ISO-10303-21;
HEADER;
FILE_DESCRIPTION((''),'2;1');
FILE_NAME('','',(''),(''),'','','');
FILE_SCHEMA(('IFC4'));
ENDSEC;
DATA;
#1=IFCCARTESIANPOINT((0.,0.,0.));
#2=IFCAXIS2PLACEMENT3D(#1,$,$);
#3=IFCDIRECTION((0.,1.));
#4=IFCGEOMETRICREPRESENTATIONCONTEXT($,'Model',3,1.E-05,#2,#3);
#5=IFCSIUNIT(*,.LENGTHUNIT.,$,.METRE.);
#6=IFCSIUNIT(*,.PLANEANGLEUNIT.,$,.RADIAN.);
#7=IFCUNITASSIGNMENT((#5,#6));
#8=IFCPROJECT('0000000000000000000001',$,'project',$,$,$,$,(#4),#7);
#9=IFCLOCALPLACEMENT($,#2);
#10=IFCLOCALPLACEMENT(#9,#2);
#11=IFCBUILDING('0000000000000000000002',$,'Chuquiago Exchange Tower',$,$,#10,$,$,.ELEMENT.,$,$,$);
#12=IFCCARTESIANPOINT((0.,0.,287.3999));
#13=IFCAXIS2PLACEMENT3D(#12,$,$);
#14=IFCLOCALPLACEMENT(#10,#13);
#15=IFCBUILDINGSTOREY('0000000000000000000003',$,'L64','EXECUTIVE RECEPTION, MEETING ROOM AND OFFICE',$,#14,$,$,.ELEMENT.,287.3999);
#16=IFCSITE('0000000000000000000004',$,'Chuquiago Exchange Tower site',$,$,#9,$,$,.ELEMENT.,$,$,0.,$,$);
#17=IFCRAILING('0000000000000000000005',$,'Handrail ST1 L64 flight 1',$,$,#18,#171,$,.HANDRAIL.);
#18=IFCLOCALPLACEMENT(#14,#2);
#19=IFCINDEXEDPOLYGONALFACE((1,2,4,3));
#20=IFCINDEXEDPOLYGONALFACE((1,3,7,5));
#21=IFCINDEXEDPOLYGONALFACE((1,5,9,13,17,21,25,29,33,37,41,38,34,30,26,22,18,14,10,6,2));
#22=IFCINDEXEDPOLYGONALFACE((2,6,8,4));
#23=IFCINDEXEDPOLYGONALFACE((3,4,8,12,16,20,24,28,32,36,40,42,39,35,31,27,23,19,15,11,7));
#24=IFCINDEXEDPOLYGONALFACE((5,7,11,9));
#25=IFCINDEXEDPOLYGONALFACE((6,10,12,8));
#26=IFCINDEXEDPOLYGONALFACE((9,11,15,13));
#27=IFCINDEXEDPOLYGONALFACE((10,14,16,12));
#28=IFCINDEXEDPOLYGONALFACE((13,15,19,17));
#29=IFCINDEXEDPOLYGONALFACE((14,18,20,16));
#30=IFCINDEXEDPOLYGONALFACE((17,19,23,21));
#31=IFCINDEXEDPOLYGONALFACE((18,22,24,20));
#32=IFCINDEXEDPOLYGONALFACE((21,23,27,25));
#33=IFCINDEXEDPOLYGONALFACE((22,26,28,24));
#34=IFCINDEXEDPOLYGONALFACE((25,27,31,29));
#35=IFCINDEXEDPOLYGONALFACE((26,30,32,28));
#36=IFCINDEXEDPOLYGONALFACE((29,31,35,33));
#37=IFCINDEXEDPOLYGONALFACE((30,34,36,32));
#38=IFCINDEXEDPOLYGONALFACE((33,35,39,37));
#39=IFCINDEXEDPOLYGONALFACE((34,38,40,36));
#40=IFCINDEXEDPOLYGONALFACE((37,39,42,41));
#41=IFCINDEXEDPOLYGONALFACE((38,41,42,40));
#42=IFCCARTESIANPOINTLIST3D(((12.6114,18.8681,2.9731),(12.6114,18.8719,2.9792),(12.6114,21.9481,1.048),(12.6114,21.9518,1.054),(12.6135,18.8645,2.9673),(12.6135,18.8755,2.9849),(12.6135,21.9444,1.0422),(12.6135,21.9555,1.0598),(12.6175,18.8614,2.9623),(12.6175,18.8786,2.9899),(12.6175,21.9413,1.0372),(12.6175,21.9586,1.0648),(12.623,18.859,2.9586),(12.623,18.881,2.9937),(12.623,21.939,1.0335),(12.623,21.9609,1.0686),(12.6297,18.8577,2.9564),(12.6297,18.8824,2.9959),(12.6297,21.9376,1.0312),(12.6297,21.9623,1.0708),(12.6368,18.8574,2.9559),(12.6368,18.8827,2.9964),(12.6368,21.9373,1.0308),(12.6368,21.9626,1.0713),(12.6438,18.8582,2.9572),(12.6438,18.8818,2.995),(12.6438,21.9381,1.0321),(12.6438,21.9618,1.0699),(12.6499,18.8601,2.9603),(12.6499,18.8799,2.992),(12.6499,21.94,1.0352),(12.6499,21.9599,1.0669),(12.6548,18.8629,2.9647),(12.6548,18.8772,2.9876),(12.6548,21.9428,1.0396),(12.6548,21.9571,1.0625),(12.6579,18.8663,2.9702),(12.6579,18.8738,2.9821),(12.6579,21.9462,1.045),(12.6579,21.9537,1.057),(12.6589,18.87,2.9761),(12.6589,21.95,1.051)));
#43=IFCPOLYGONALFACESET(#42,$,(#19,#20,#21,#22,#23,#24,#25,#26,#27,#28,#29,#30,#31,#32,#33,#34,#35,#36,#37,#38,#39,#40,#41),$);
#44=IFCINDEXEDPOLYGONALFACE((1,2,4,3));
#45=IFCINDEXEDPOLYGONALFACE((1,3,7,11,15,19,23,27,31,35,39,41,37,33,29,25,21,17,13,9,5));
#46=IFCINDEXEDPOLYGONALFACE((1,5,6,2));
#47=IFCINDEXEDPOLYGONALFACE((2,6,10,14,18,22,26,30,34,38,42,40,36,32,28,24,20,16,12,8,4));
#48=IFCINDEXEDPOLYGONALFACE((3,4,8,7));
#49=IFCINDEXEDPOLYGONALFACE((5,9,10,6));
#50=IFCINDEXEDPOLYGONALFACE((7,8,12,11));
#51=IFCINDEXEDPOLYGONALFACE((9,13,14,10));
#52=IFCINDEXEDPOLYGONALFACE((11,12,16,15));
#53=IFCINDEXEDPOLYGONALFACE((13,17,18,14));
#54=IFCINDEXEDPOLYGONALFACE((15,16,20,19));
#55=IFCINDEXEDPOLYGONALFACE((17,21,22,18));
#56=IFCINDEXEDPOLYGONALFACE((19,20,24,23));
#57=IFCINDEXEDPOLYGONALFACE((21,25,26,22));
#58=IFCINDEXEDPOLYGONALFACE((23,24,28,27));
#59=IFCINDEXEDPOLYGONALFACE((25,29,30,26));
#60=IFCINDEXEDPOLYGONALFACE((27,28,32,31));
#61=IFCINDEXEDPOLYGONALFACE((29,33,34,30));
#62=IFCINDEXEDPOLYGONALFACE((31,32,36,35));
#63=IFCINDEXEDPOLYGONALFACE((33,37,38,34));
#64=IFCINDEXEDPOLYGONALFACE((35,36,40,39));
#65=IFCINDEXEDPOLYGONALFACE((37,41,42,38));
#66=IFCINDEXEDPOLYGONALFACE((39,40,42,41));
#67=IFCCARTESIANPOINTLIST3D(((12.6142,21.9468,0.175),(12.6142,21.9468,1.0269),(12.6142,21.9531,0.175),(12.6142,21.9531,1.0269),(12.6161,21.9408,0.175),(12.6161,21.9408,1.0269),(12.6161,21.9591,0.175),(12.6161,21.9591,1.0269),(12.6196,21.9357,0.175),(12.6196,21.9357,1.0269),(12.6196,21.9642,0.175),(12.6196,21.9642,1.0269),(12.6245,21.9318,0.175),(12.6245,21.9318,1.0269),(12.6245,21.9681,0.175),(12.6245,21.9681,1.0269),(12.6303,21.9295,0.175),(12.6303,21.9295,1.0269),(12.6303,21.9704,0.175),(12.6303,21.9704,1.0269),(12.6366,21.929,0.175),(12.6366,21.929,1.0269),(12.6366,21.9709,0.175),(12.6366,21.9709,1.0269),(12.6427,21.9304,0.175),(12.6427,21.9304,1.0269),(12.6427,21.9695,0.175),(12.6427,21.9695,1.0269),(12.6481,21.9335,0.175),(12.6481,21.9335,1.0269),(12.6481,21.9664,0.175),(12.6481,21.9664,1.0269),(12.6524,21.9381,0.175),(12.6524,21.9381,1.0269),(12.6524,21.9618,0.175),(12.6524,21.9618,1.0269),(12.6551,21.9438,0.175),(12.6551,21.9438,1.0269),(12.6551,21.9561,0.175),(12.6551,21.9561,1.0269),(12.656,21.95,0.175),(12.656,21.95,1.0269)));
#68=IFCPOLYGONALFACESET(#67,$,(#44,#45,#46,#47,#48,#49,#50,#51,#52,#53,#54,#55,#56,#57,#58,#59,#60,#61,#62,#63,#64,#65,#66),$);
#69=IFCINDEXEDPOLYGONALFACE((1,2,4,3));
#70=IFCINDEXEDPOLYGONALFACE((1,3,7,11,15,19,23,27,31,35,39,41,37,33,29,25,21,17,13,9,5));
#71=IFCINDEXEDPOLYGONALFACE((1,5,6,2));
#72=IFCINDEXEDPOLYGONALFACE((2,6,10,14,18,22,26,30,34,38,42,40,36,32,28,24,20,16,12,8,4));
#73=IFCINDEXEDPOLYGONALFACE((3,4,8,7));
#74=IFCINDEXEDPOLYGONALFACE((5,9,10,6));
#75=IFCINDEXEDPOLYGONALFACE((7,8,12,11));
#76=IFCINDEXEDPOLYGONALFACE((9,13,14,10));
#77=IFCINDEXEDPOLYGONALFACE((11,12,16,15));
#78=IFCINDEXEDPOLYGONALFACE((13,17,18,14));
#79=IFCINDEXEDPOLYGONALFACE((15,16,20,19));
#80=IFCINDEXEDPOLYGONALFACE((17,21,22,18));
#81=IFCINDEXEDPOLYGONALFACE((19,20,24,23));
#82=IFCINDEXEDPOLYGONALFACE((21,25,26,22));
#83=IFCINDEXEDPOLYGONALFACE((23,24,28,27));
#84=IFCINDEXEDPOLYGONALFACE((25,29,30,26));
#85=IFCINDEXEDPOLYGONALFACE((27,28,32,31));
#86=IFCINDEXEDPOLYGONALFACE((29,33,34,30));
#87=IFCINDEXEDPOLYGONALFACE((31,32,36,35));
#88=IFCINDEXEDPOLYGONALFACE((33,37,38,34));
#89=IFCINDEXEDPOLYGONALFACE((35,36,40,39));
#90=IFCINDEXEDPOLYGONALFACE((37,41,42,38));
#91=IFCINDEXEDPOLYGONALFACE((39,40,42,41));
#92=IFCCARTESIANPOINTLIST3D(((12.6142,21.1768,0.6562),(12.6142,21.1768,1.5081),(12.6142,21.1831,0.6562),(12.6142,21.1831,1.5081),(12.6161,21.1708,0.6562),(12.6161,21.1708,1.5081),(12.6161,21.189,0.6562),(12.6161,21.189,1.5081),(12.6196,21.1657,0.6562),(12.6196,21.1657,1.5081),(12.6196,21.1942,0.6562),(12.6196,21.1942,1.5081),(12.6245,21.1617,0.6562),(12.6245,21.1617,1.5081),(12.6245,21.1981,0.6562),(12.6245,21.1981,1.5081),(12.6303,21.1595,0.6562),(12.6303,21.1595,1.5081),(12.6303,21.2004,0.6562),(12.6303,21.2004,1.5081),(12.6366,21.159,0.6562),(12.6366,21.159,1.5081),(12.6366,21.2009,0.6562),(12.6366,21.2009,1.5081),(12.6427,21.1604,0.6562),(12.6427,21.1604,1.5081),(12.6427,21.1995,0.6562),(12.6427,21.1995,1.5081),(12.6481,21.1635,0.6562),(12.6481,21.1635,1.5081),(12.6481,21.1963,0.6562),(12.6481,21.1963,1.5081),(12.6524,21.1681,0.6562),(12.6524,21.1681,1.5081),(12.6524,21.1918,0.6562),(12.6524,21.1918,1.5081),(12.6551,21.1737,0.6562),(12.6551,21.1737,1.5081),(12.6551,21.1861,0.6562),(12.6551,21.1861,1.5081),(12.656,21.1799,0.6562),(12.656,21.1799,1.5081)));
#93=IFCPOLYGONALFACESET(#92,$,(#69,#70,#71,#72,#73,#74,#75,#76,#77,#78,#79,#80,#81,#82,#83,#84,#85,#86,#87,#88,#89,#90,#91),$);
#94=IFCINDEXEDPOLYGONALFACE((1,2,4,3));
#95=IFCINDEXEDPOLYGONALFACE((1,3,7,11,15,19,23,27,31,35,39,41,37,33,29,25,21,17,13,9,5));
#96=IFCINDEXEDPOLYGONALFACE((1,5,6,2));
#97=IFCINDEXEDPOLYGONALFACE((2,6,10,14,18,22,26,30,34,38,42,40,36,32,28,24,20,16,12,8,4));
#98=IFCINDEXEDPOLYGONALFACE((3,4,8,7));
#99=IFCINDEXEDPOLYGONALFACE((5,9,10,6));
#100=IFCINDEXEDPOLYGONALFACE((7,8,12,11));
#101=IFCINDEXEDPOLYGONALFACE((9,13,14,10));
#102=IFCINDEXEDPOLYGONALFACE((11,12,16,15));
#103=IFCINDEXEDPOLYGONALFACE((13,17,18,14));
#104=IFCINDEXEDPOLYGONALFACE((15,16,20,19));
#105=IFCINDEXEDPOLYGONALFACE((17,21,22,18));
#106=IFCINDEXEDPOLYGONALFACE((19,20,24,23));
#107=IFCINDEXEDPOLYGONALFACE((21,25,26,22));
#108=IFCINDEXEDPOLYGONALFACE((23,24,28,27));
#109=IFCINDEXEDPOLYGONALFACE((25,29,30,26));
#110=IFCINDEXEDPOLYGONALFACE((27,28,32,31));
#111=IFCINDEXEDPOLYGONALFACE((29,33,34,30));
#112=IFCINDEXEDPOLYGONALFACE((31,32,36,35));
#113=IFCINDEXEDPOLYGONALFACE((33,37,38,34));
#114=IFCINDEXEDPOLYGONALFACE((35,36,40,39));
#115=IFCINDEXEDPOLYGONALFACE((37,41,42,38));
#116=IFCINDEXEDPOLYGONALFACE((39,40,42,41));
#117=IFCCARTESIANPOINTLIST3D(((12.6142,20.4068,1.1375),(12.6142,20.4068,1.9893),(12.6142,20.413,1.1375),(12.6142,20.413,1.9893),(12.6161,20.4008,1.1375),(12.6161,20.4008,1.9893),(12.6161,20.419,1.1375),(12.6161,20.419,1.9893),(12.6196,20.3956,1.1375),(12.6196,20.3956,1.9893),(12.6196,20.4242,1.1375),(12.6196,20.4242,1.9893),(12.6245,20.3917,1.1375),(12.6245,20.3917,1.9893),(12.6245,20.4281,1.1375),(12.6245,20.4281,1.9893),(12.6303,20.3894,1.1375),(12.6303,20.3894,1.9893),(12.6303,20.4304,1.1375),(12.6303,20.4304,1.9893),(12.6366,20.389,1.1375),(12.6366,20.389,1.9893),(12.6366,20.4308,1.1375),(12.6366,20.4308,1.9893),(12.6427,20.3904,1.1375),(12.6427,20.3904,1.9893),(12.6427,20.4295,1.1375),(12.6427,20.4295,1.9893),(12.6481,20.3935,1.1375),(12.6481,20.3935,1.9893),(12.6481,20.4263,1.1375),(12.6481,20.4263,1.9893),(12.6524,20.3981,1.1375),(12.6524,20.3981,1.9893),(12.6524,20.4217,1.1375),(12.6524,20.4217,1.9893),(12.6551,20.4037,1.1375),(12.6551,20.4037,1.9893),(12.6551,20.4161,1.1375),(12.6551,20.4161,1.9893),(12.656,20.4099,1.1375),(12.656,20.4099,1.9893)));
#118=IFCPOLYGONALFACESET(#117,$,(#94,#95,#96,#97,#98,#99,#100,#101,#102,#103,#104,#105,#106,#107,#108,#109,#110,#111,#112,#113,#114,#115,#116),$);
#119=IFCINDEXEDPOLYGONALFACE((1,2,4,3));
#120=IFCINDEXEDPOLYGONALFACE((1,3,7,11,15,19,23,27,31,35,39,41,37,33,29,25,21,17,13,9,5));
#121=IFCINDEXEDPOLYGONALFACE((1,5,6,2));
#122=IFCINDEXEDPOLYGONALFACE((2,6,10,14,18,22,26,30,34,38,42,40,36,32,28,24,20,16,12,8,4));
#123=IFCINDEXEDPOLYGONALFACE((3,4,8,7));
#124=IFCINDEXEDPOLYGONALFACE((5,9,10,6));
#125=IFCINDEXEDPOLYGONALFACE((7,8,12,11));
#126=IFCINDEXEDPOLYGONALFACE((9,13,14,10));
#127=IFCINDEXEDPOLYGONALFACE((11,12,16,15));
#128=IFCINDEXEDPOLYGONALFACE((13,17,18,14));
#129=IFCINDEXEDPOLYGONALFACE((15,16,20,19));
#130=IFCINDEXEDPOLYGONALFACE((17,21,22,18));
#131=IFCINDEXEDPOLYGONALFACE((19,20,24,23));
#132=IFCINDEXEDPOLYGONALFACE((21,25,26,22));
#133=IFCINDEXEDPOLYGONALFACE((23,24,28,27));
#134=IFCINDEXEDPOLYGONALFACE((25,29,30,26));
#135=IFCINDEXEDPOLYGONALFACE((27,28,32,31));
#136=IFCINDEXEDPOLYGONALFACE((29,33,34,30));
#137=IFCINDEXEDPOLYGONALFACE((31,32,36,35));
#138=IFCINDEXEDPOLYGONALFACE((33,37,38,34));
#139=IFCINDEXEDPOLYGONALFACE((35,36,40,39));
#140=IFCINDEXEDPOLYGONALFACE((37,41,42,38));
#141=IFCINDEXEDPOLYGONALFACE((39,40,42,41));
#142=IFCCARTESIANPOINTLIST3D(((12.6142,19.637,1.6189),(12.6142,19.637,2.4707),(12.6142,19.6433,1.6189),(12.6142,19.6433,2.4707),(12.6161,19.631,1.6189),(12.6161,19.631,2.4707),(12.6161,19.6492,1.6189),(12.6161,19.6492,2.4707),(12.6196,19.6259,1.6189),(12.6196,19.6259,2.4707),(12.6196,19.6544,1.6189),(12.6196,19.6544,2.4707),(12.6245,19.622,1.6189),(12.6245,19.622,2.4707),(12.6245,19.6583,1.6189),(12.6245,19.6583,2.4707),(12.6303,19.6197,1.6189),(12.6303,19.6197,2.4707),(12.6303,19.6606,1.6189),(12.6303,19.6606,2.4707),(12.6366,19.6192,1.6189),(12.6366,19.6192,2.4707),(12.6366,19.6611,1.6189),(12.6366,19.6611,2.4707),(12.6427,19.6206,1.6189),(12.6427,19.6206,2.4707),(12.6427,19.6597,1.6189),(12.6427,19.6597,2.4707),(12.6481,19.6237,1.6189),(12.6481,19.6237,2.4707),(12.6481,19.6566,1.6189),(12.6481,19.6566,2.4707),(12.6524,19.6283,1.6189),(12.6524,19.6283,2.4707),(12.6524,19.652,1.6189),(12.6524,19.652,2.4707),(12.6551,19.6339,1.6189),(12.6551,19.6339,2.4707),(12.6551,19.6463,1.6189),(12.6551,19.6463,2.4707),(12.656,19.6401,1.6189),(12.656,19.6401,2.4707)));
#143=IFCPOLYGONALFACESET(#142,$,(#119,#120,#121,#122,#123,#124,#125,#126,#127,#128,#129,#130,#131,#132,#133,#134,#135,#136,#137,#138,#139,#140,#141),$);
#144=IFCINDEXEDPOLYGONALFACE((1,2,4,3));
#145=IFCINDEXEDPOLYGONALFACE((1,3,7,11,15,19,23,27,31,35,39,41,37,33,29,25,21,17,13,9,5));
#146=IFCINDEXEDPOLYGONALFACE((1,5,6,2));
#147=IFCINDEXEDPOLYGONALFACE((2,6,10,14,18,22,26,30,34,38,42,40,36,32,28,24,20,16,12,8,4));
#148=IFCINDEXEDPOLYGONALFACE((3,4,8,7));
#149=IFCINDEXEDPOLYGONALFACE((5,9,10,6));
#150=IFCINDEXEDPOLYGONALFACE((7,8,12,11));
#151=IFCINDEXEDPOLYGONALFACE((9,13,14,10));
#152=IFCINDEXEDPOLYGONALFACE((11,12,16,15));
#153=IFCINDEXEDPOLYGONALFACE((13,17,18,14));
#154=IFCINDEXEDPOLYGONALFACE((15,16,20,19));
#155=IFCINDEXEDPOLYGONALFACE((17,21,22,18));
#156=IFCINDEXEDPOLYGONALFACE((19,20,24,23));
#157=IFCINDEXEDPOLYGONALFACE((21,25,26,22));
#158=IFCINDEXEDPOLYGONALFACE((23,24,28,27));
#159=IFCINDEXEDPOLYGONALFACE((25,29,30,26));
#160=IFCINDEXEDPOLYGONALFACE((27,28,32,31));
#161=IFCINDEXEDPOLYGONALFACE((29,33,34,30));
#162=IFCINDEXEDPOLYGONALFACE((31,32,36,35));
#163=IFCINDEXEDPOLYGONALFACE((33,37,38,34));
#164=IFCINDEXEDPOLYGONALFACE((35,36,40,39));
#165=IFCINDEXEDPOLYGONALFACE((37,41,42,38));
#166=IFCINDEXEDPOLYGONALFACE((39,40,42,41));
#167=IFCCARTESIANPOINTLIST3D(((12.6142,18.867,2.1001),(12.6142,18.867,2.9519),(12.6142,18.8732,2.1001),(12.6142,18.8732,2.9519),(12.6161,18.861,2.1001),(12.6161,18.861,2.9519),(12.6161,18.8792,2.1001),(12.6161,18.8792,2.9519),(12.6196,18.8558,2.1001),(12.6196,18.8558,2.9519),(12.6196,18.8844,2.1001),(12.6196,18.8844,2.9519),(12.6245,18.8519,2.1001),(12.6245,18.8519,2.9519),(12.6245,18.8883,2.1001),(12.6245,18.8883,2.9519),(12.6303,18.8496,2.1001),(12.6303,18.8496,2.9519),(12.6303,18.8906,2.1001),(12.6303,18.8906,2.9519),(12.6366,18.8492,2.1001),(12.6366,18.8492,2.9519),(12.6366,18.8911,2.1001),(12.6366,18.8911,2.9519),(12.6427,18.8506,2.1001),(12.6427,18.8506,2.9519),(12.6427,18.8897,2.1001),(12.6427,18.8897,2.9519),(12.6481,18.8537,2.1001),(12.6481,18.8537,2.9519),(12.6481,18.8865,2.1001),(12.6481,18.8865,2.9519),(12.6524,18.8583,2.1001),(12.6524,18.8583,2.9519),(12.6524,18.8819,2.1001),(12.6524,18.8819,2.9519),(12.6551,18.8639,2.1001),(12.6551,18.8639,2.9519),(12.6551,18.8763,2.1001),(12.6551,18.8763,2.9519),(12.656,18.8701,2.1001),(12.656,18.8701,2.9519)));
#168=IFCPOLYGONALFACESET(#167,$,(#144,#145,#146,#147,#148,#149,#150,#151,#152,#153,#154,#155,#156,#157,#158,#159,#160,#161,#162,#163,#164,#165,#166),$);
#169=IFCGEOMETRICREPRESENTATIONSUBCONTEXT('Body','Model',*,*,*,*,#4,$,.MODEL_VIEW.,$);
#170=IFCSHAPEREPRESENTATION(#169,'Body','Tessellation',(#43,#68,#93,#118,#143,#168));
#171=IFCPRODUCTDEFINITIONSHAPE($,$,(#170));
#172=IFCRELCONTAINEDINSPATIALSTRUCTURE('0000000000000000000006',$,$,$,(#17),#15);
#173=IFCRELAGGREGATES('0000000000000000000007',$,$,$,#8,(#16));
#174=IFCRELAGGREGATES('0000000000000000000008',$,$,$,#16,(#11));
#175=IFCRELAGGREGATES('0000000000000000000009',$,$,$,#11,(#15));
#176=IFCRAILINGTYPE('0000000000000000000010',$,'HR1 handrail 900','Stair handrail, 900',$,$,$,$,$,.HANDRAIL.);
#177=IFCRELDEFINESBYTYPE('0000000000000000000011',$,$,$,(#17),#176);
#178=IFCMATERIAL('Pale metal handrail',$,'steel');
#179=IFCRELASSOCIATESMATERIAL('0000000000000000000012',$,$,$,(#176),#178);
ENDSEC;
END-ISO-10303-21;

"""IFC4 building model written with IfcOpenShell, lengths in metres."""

from ifc_helpers import new_model, si_unit, direction, frame, origin, origin_2d, place, context, subcontext, project, spatial, circle, extrude, material, type_object, element, save


model = new_model("IFC4")

# Units and contexts
model_context = context("Model", 3, precision=1e-05, world=origin(), true_north=direction((0.0, 1.0)))
body_context = subcontext(model_context, "Body", "Model", "MODEL_VIEW")
ifc_project = project(units=[si_unit("LENGTHUNIT", "METRE"), si_unit("PLANEANGLEUNIT", "RADIAN")], contexts=[model_context])

# Site, building, storey
site_placement = place(None, origin())
site = spatial("IfcSite", under=ifc_project, at=site_placement, Name="Chuquiago Exchange Tower site", CompositionType="ELEMENT", RefElevation=0.0)
building_placement = place(site_placement, origin())
building = spatial("IfcBuilding", under=site, at=building_placement, Name="Chuquiago Exchange Tower", CompositionType="ELEMENT")
storey_placement = place(building_placement, frame((0.0, 0.0, 287.3999)))
storey = spatial("IfcBuildingStorey", under=building, at=storey_placement, Name="L64", Description="EXECUTIVE RECEPTION, MEETING ROOM AND OFFICE", CompositionType="ELEMENT", Elevation=287.3999)

# Railing
ifc_material_1 = material(Name="Pale metal handrail", Category="steel")
railing_type_1 = type_object("IfcRailingType", Name="HR1 handrail 900", Description="Stair handrail, 900", PredefinedType="HANDRAIL", material=ifc_material_1)
for number, where, name in (
    (1, (12.635, 21.95, 0.175), "Handrail ST1 L64 flight 1"),
):
    element("IfcRailing", number, at=place(storey_placement, frame(where)), inside=storey, type_object=railing_type_1, Name=name, PredefinedType="HANDRAIL", context=body_context, shape_type="SweptSolid", body=[
        extrude(circle(Radius=0.0239, at=origin_2d()), frame((0.0, 0.0, 0.876), z_axis=(0.0, -0.847979, 0.530029), x_axis=(1.0, 0.0, 0.0)), (0.0, 0.0, 1.0), 3.6321),
        extrude(circle(Radius=0.021, at=origin_2d()), origin(), (0.0, 0.0, 1.0), 0.8518),
        extrude(circle(Radius=0.021, at=origin_2d()), frame((0.0, -0.77, 0.4812)), (0.0, 0.0, 1.0), 0.8518),
        extrude(circle(Radius=0.021, at=origin_2d()), frame((0.0, -1.54, 0.9624)), (0.0, 0.0, 1.0), 0.8518),
        extrude(circle(Radius=0.021, at=origin_2d()), frame((0.0, -2.3098, 1.4438)), (0.0, 0.0, 1.0), 0.8518),
        extrude(circle(Radius=0.021, at=origin_2d()), frame((0.0, -3.0798, 1.925)), (0.0, 0.0, 1.0), 0.8518),
    ])

save(model, "model.ifc")
